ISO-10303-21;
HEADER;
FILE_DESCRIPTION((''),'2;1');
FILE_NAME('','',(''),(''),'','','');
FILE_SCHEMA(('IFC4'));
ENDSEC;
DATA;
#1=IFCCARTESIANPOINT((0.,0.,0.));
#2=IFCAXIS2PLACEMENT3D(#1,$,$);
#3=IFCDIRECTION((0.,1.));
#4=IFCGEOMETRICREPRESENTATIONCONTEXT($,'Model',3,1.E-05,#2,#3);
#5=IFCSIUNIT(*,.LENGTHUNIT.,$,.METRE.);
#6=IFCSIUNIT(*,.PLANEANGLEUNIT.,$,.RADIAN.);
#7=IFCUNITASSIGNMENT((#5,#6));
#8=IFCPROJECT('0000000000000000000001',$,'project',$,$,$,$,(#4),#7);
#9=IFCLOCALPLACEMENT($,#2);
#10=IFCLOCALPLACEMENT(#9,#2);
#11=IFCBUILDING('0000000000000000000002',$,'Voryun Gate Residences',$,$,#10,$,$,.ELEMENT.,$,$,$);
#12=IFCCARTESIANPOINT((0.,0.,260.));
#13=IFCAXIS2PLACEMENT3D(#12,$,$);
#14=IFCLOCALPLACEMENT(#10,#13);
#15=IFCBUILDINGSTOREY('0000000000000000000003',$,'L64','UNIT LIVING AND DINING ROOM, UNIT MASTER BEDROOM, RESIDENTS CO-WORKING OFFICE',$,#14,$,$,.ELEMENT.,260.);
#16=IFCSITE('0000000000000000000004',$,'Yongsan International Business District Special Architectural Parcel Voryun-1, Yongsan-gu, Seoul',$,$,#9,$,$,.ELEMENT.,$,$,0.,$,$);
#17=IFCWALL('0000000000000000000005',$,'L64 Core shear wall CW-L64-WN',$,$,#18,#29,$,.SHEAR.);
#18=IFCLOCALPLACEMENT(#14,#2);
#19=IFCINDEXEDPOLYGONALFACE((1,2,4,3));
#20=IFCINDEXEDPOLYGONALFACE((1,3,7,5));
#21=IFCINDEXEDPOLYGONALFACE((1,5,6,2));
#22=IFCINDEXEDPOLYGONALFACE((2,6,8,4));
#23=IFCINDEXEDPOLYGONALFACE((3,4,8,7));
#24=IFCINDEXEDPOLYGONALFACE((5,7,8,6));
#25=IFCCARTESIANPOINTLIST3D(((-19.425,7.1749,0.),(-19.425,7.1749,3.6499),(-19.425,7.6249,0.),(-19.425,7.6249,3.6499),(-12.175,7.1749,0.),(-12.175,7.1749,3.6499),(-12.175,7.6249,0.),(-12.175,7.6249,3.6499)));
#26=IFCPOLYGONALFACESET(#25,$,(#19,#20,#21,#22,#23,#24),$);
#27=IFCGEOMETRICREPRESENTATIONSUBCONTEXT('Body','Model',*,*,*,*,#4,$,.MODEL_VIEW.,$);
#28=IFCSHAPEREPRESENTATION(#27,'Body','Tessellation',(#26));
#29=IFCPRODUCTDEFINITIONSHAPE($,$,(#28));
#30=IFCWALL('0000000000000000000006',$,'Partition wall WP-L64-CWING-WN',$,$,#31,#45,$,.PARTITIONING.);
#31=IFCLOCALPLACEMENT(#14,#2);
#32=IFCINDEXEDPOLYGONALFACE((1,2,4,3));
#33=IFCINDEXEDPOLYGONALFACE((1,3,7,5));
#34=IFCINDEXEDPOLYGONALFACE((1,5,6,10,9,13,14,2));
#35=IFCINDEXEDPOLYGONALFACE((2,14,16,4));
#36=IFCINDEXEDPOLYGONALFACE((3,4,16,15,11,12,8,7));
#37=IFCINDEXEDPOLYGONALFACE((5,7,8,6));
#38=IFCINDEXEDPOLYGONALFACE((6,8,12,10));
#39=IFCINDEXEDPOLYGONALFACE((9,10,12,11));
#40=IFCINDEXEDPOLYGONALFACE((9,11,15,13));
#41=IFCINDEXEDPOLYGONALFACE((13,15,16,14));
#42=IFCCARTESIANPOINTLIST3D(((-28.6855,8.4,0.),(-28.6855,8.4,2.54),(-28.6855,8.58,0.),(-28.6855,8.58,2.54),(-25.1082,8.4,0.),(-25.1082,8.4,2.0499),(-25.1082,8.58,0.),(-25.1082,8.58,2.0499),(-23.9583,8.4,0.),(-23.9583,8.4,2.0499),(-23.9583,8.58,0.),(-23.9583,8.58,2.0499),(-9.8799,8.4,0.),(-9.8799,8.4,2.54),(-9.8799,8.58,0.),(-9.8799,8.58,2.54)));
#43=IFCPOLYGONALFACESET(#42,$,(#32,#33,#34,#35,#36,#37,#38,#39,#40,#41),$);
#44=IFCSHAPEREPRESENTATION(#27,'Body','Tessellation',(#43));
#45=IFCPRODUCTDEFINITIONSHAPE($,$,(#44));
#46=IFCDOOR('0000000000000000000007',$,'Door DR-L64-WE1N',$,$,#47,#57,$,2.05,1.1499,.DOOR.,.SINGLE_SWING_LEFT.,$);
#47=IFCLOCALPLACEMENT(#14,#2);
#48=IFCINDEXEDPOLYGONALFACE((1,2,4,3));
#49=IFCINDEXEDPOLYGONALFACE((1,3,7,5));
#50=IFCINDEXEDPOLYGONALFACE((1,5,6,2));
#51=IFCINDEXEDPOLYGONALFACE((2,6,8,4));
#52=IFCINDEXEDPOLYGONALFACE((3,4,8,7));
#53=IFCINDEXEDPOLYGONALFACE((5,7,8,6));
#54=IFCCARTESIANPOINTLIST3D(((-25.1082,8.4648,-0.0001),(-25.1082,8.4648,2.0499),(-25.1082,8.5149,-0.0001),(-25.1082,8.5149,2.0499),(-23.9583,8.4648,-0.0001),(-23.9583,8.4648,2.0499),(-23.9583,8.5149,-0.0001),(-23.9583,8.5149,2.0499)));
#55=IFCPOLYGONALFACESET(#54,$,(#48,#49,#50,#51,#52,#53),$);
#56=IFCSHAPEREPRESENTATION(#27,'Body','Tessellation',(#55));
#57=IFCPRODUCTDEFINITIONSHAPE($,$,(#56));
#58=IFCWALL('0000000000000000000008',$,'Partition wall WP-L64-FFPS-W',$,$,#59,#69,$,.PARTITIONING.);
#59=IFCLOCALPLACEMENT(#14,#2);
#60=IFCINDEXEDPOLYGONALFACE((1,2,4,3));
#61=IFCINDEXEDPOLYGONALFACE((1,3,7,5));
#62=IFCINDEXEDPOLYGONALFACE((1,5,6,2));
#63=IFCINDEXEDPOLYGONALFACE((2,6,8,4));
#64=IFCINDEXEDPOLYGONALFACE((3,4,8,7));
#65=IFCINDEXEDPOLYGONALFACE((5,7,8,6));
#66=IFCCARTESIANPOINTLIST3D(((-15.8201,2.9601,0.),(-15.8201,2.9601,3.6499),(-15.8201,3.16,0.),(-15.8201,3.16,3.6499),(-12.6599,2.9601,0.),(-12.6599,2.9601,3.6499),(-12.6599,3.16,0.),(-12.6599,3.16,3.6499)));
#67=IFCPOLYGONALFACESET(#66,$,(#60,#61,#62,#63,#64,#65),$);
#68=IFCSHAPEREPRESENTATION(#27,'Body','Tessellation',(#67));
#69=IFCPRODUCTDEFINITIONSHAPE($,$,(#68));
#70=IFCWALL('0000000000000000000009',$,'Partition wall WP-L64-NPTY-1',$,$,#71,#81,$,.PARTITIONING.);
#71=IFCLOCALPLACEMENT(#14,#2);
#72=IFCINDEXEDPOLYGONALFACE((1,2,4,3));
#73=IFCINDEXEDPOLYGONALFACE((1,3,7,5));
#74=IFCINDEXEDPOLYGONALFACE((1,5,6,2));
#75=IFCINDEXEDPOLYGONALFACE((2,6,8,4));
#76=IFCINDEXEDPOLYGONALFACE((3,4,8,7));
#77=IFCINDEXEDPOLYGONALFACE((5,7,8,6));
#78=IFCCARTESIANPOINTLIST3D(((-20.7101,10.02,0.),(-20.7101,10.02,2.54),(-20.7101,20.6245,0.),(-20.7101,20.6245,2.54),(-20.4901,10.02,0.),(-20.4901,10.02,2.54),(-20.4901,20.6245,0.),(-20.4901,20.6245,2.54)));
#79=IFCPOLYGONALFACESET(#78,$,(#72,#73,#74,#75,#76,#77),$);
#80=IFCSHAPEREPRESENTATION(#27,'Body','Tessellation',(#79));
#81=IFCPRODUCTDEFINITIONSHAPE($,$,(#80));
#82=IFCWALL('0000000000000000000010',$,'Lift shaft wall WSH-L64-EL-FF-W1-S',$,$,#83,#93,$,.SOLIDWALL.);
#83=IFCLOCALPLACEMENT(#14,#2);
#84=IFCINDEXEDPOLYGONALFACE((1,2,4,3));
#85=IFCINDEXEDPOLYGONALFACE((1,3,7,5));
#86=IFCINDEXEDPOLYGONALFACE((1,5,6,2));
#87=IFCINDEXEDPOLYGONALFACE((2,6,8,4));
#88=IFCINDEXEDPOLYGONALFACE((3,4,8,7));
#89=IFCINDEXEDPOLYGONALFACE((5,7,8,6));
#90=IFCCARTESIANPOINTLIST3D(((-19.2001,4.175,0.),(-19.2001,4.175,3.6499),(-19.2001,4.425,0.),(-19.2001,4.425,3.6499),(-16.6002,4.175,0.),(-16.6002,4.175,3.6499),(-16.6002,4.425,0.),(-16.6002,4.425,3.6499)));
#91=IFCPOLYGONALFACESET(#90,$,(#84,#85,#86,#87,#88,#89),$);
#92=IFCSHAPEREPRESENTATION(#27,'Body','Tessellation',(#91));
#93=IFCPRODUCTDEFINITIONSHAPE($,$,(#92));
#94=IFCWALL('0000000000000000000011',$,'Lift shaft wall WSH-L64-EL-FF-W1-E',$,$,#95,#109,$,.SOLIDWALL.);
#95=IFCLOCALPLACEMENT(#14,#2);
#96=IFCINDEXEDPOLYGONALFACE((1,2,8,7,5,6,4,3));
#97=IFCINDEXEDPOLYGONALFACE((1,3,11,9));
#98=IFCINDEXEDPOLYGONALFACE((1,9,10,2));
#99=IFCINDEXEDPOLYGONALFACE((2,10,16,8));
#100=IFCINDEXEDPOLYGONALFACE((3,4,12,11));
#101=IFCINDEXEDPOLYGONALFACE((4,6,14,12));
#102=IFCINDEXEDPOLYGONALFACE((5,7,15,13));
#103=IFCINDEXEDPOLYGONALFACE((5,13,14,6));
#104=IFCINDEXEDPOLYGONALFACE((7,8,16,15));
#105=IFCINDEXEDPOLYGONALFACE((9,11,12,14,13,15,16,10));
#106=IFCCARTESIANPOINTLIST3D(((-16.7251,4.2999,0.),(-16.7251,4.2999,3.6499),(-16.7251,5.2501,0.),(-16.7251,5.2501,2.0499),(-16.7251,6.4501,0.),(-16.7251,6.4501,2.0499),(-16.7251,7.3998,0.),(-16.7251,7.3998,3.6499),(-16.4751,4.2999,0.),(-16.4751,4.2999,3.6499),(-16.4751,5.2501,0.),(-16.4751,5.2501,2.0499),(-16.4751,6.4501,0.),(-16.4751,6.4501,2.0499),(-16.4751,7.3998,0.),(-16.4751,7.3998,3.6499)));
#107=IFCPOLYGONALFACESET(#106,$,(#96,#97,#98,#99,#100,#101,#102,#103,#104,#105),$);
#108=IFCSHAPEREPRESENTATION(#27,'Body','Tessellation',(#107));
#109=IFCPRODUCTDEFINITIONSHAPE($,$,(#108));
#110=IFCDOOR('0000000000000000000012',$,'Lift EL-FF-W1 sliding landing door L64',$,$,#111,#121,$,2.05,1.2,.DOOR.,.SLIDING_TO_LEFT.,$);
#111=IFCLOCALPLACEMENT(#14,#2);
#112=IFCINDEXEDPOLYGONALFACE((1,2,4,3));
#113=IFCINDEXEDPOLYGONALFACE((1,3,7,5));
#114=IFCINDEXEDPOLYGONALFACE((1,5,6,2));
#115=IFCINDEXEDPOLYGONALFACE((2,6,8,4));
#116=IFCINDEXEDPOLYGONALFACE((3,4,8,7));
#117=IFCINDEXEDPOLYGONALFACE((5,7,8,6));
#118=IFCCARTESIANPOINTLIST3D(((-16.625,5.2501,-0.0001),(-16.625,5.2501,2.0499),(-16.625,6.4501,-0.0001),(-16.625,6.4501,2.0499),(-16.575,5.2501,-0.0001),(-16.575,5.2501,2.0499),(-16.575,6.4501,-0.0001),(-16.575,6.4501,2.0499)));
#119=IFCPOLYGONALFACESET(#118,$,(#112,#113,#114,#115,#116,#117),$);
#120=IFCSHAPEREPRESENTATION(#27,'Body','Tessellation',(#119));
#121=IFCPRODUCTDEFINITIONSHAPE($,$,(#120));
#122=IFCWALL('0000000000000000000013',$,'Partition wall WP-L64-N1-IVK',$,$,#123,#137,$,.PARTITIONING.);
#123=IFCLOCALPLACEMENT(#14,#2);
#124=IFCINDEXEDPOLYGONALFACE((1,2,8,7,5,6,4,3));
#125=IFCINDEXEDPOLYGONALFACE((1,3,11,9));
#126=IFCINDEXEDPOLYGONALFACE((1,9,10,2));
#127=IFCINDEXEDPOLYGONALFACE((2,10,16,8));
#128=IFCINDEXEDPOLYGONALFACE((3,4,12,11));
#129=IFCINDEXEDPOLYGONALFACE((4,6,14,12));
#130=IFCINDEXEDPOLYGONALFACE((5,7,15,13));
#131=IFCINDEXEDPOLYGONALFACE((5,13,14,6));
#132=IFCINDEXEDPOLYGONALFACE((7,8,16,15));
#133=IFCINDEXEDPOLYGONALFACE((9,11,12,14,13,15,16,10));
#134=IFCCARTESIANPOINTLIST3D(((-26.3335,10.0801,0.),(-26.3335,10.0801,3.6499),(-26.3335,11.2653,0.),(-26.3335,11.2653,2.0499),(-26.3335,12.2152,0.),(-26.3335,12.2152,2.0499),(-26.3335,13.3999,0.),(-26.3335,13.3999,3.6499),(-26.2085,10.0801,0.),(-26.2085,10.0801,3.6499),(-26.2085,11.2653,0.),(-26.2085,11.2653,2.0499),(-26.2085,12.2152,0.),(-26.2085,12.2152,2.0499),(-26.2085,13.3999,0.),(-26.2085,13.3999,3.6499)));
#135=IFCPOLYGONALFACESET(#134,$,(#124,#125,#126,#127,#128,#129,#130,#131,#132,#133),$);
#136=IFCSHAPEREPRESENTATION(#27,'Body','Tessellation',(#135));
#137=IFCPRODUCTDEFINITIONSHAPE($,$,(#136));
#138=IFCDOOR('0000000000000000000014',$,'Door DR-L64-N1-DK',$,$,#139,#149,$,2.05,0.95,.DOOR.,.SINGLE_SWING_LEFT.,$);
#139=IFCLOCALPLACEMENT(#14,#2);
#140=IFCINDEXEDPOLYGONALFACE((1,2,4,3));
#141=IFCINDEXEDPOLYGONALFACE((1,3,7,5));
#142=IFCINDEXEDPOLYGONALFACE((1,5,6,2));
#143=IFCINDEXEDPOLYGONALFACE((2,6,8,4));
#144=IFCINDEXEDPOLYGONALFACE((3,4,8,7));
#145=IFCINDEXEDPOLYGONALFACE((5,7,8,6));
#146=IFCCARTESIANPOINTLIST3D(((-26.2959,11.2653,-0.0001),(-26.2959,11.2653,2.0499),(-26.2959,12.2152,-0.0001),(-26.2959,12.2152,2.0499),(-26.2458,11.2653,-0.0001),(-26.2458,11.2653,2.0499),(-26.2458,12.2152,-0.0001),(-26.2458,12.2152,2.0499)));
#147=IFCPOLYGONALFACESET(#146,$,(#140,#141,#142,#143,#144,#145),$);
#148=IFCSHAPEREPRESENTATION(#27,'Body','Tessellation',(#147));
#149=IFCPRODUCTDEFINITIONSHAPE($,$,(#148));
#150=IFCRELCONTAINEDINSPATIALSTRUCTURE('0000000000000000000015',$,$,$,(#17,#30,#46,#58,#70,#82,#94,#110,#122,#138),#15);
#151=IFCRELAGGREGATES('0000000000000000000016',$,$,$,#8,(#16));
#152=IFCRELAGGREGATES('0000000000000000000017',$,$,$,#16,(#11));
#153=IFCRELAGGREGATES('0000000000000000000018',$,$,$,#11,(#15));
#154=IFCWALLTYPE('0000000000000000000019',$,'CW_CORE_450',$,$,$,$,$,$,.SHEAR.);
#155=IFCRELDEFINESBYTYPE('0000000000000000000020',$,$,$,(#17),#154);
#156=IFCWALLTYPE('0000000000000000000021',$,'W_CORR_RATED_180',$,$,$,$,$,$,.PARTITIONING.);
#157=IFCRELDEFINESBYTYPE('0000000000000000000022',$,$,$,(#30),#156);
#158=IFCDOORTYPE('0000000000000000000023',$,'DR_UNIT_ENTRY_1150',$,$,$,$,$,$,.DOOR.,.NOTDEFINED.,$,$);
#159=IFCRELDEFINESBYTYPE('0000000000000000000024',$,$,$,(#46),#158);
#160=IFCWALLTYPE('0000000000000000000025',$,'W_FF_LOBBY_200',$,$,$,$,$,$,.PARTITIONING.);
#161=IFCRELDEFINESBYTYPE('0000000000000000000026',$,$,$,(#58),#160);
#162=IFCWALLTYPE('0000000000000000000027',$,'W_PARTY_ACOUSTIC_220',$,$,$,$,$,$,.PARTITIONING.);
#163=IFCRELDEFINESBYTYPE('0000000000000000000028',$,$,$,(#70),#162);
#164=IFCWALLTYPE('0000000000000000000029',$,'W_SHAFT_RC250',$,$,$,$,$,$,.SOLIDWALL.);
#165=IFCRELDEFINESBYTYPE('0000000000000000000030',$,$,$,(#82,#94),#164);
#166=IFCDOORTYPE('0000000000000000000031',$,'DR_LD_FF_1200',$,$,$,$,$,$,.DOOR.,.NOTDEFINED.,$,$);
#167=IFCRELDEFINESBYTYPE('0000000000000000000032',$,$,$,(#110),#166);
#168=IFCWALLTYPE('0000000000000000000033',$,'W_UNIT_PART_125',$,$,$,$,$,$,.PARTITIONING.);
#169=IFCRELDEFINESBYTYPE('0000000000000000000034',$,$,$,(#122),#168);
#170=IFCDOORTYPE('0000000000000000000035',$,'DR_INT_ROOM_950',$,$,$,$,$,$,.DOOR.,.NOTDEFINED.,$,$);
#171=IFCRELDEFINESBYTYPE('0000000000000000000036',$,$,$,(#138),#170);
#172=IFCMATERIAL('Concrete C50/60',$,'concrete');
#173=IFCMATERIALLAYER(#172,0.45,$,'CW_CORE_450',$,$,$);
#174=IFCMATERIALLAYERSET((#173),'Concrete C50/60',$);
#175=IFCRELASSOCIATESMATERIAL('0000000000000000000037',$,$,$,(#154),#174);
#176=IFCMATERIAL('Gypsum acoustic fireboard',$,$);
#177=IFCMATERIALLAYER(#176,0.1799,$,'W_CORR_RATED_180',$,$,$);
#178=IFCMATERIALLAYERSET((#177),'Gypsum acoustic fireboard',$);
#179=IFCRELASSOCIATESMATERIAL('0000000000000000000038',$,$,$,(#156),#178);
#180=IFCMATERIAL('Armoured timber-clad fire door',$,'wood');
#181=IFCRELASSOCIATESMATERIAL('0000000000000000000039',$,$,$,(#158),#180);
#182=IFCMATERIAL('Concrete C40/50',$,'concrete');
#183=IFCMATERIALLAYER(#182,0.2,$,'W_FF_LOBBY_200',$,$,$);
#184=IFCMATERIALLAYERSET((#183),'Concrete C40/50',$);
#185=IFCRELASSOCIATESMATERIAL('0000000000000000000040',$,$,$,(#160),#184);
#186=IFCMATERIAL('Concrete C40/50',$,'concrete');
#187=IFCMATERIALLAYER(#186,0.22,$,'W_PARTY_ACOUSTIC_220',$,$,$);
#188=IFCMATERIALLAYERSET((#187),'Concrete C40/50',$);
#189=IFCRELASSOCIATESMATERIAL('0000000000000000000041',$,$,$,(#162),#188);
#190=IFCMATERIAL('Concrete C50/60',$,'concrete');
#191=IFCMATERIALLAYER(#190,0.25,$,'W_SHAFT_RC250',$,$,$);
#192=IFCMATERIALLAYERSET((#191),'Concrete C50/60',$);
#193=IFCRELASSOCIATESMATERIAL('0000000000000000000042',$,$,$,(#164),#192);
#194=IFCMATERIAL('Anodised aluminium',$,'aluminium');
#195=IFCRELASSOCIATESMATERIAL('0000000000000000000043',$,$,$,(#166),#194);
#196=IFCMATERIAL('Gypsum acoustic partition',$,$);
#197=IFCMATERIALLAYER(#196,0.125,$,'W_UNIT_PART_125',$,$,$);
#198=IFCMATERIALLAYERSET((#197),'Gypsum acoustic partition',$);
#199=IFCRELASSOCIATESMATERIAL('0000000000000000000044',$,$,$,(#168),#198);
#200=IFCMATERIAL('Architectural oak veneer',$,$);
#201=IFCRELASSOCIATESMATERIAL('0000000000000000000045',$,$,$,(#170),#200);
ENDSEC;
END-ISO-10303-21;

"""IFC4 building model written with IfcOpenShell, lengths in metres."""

from ifc_helpers import new_model, si_unit, direction, frame, frame_2d, origin, place, context, subcontext, project, spatial, rectangle, extrude, material, layer, layer_set, type_object, element, fill, save


model = new_model("IFC4")

# Units and contexts
model_context = context("Model", 3, precision=1e-05, world=origin(), true_north=direction((0.0, 1.0)))
body_context = subcontext(model_context, "Body", "Model", "MODEL_VIEW")
ifc_project = project(units=[si_unit("LENGTHUNIT", "METRE"), si_unit("PLANEANGLEUNIT", "RADIAN")], contexts=[model_context])

# Site, building, storey
site_placement = place(None, origin())
site = spatial("IfcSite", under=ifc_project, at=site_placement, Name="Yongsan International Business District Special Architectural Parcel Voryun-1, Yongsan-gu, Seoul", CompositionType="ELEMENT", RefElevation=0.0)
building_placement = place(site_placement, origin())
building = spatial("IfcBuilding", under=site, at=building_placement, Name="Voryun Gate Residences", CompositionType="ELEMENT")
storey_placement = place(building_placement, frame((0.0, 0.0, 260.0)))
storey = spatial("IfcBuildingStorey", under=building, at=storey_placement, Name="L64", Description="UNIT LIVING AND DINING ROOM, UNIT MASTER BEDROOM, RESIDENTS CO-WORKING OFFICE", CompositionType="ELEMENT", Elevation=260.0)

# Wall
ifc_material_1 = material(Name="Concrete C50/60", Category="concrete")
ifc_layer_1 = layer(ifc_material_1, 0.45, Name="CW_CORE_450")
ifc_layer_set_1 = layer_set([ifc_layer_1], Name="Concrete C50/60")
wall_type_1 = type_object("IfcWallType", Name="CW_CORE_450", PredefinedType="SHEAR", material=ifc_layer_set_1)
wall_1_placement = place(storey_placement, frame((-19.425, 7.3999, 0.0), z_axis=(0.0, 0.0, 1.0), x_axis=(1.0, 0.0, 0.0)))
element("IfcWall", 1, at=wall_1_placement, inside=storey, type_object=wall_type_1, Name="L64 Core shear wall CW-L64-WN", PredefinedType="SHEAR", context=body_context, shape_type="SweptSolid", body=[
    extrude(rectangle(XDim=7.25, YDim=0.45, at=frame_2d((3.625, 0.0))), origin(), (0.0, 0.0, 1.0), 3.6499),
])

# Wall, opening, door
ifc_material_2 = material(Name="Gypsum acoustic fireboard")
ifc_layer_2 = layer(ifc_material_2, 0.1799, Name="W_CORR_RATED_180")
ifc_layer_set_2 = layer_set([ifc_layer_2], Name="Gypsum acoustic fireboard")
wall_type_2 = type_object("IfcWallType", Name="W_CORR_RATED_180", PredefinedType="PARTITIONING", material=ifc_layer_set_2)
wall_2_placement = place(storey_placement, frame((-28.6855, 8.49, 0.0), z_axis=(0.0, 0.0, 1.0), x_axis=(1.0, 0.0, 0.0)))
wall_2 = element("IfcWall", 2, at=wall_2_placement, inside=storey, type_object=wall_type_2, Name="Partition wall WP-L64-CWING-WN", PredefinedType="PARTITIONING", context=body_context, shape_type="SweptSolid", body=[
    extrude(rectangle(XDim=18.8057, YDim=0.1799, at=frame_2d((9.4028, 0.0))), origin(), (0.0, 0.0, 1.0), 2.54),
])
opening_1_placement = place(wall_2_placement, frame((3.5774, 0.0, 0.0)))
opening_1 = element("IfcOpeningElement", 3, at=opening_1_placement, cuts=wall_2, PredefinedType="OPENING", context=body_context, shape_type="SweptSolid", body=[
    extrude(rectangle(XDim=1.1499, YDim=2.05, at=frame_2d((0.575, 1.0249))), frame((0.0, 0.0999, 0.0), z_axis=(0.0, -1.0, 0.0), x_axis=(1.0, 0.0, 0.0)), (0.0, 0.0, 1.0), 0.2),
])
ifc_material_3 = material(Name="Armoured timber-clad fire door", Category="wood")
door_type_1 = type_object("IfcDoorType", Name="DR_UNIT_ENTRY_1150", OperationType="NOTDEFINED", PredefinedType="DOOR", material=ifc_material_3)
door_1_placement = place(opening_1_placement, origin())
door_1 = element("IfcDoor", 4, at=door_1_placement, inside=storey, type_object=door_type_1, Name="Door DR-L64-WE1N", OperationType="SINGLE_SWING_LEFT", OverallHeight=2.05, OverallWidth=1.1499, PredefinedType="DOOR", context=body_context, shape_type="SweptSolid", body=[
    extrude(rectangle(XDim=1.1499, YDim=2.05, at=frame_2d((0.575, 1.0249))), frame((0.0, 0.0249, 0.0), z_axis=(0.0, -1.0, 0.0), x_axis=(1.0, 0.0, 0.0)), (0.0, 0.0, 1.0), 0.05),
])
fill(opening_1, door_1)

# Walls
ifc_material_4 = material(Name="Concrete C40/50", Category="concrete")
ifc_layer_3 = layer(ifc_material_4, 0.2, Name="W_FF_LOBBY_200")
ifc_layer_set_3 = layer_set([ifc_layer_3], Name="Concrete C40/50")
wall_type_3 = type_object("IfcWallType", Name="W_FF_LOBBY_200", PredefinedType="PARTITIONING", material=ifc_layer_set_3)
wall_3_placement = place(storey_placement, frame((-15.8201, 3.0601, 0.0), z_axis=(0.0, 0.0, 1.0), x_axis=(1.0, 0.0, 0.0)))
element("IfcWall", 5, at=wall_3_placement, inside=storey, type_object=wall_type_3, Name="Partition wall WP-L64-FFPS-W", PredefinedType="PARTITIONING", context=body_context, shape_type="SweptSolid", body=[
    extrude(rectangle(XDim=3.1602, YDim=0.2, at=frame_2d((1.5801, 0.0))), origin(), (0.0, 0.0, 1.0), 3.6499),
])
ifc_material_5 = material(Name="Concrete C40/50", Category="concrete")
ifc_layer_4 = layer(ifc_material_5, 0.22, Name="W_PARTY_ACOUSTIC_220")
ifc_layer_set_4 = layer_set([ifc_layer_4], Name="Concrete C40/50")
wall_type_4 = type_object("IfcWallType", Name="W_PARTY_ACOUSTIC_220", PredefinedType="PARTITIONING", material=ifc_layer_set_4)
wall_4_placement = place(storey_placement, frame((-20.6001, 10.02, 0.0), z_axis=(0.0, 0.0, 1.0), x_axis=(0.0, 1.0, 0.0)))
element("IfcWall", 6, at=wall_4_placement, inside=storey, type_object=wall_type_4, Name="Partition wall WP-L64-NPTY-1", PredefinedType="PARTITIONING", context=body_context, shape_type="SweptSolid", body=[
    extrude(rectangle(XDim=10.6045, YDim=0.22, at=frame_2d((5.3022, 0.0))), origin(), (0.0, 0.0, 1.0), 2.54),
])
ifc_material_6 = material(Name="Concrete C50/60", Category="concrete")
ifc_layer_5 = layer(ifc_material_6, 0.25, Name="W_SHAFT_RC250")
ifc_layer_set_5 = layer_set([ifc_layer_5], Name="Concrete C50/60")
wall_type_5 = type_object("IfcWallType", Name="W_SHAFT_RC250", PredefinedType="SOLIDWALL", material=ifc_layer_set_5)
wall_5_placement = place(storey_placement, frame((-19.2, 4.3, 0.0), z_axis=(0.0, 0.0, 1.0), x_axis=(1.0, 0.0, 0.0)))
element("IfcWall", 7, at=wall_5_placement, inside=storey, type_object=wall_type_5, Name="Lift shaft wall WSH-L64-EL-FF-W1-S", PredefinedType="SOLIDWALL", context=body_context, shape_type="SweptSolid", body=[
    extrude(rectangle(XDim=2.5999, YDim=0.25, at=frame_2d((1.2998, 0.0))), origin(), (0.0, 0.0, 1.0), 3.6499),
])

# Walls, openings, doors
wall_6_placement = place(storey_placement, frame((-16.6001, 4.3, 0.0), z_axis=(0.0, 0.0, 1.0), x_axis=(0.0, 1.0, 0.0)))
wall_6 = element("IfcWall", 8, at=wall_6_placement, inside=storey, type_object=wall_type_5, Name="Lift shaft wall WSH-L64-EL-FF-W1-E", PredefinedType="SOLIDWALL", context=body_context, shape_type="SweptSolid", body=[
    extrude(rectangle(XDim=3.0999, YDim=0.25, at=frame_2d((1.5498, 0.0))), origin(), (0.0, 0.0, 1.0), 3.6499),
])
opening_2_placement = place(wall_6_placement, frame((0.95, 0.0, 0.0)))
opening_2 = element("IfcOpeningElement", 9, at=opening_2_placement, cuts=wall_6, PredefinedType="OPENING", context=body_context, shape_type="SweptSolid", body=[
    extrude(rectangle(XDim=1.2, YDim=2.05, at=frame_2d((0.6001, 1.0249))), frame((0.0, 0.135, 0.0), z_axis=(0.0, -1.0, 0.0), x_axis=(1.0, 0.0, 0.0)), (0.0, 0.0, 1.0), 0.27),
])
ifc_material_7 = material(Name="Anodised aluminium", Category="aluminium")
door_type_2 = type_object("IfcDoorType", Name="DR_LD_FF_1200", OperationType="NOTDEFINED", PredefinedType="DOOR", material=ifc_material_7)
door_2_placement = place(opening_2_placement, origin())
door_2 = element("IfcDoor", 10, at=door_2_placement, inside=storey, type_object=door_type_2, Name="Lift EL-FF-W1 sliding landing door L64", OperationType="SLIDING_TO_LEFT", OverallHeight=2.05, OverallWidth=1.2, PredefinedType="DOOR", context=body_context, shape_type="SweptSolid", body=[
    extrude(rectangle(XDim=1.2, YDim=2.05, at=frame_2d((0.6001, 1.0249))), frame((0.0, 0.0249, 0.0), z_axis=(0.0, -1.0, 0.0), x_axis=(1.0, 0.0, 0.0)), (0.0, 0.0, 1.0), 0.05),
])
fill(opening_2, door_2)
ifc_material_8 = material(Name="Gypsum acoustic partition")
ifc_layer_6 = layer(ifc_material_8, 0.125, Name="W_UNIT_PART_125")
ifc_layer_set_6 = layer_set([ifc_layer_6], Name="Gypsum acoustic partition")
wall_type_6 = type_object("IfcWallType", Name="W_UNIT_PART_125", PredefinedType="PARTITIONING", material=ifc_layer_set_6)
wall_7_placement = place(storey_placement, frame((-26.271, 10.0801, 0.0), z_axis=(0.0, 0.0, 1.0), x_axis=(0.0, 1.0, 0.0)))
wall_7 = element("IfcWall", 11, at=wall_7_placement, inside=storey, type_object=wall_type_6, Name="Partition wall WP-L64-N1-IVK", PredefinedType="PARTITIONING", context=body_context, shape_type="SweptSolid", body=[
    extrude(rectangle(XDim=3.3198, YDim=0.125, at=frame_2d((1.6599, 0.0))), origin(), (0.0, 0.0, 1.0), 3.6499),
])
opening_3_placement = place(wall_7_placement, frame((1.1851, 0.0, 0.0)))
opening_3 = element("IfcOpeningElement", 12, at=opening_3_placement, cuts=wall_7, PredefinedType="OPENING", context=body_context, shape_type="SweptSolid", body=[
    extrude(rectangle(XDim=0.95, YDim=2.05, at=frame_2d((0.4751, 1.0249))), frame((0.0, 0.0725, 0.0), z_axis=(0.0, -1.0, 0.0), x_axis=(1.0, 0.0, 0.0)), (0.0, 0.0, 1.0), 0.145),
])
ifc_material_9 = material(Name="Architectural oak veneer")
door_type_3 = type_object("IfcDoorType", Name="DR_INT_ROOM_950", OperationType="NOTDEFINED", PredefinedType="DOOR", material=ifc_material_9)
door_3_placement = place(opening_3_placement, origin())
door_3 = element("IfcDoor", 13, at=door_3_placement, inside=storey, type_object=door_type_3, Name="Door DR-L64-N1-DK", OperationType="SINGLE_SWING_LEFT", OverallHeight=2.05, OverallWidth=0.95, PredefinedType="DOOR", context=body_context, shape_type="SweptSolid", body=[
    extrude(rectangle(XDim=0.95, YDim=2.05, at=frame_2d((0.4751, 1.0249))), frame((0.0, 0.0249, 0.0), z_axis=(0.0, -1.0, 0.0), x_axis=(1.0, 0.0, 0.0)), (0.0, 0.0, 1.0), 0.05),
])
fill(opening_3, door_3)

save(model, "model.ifc")
